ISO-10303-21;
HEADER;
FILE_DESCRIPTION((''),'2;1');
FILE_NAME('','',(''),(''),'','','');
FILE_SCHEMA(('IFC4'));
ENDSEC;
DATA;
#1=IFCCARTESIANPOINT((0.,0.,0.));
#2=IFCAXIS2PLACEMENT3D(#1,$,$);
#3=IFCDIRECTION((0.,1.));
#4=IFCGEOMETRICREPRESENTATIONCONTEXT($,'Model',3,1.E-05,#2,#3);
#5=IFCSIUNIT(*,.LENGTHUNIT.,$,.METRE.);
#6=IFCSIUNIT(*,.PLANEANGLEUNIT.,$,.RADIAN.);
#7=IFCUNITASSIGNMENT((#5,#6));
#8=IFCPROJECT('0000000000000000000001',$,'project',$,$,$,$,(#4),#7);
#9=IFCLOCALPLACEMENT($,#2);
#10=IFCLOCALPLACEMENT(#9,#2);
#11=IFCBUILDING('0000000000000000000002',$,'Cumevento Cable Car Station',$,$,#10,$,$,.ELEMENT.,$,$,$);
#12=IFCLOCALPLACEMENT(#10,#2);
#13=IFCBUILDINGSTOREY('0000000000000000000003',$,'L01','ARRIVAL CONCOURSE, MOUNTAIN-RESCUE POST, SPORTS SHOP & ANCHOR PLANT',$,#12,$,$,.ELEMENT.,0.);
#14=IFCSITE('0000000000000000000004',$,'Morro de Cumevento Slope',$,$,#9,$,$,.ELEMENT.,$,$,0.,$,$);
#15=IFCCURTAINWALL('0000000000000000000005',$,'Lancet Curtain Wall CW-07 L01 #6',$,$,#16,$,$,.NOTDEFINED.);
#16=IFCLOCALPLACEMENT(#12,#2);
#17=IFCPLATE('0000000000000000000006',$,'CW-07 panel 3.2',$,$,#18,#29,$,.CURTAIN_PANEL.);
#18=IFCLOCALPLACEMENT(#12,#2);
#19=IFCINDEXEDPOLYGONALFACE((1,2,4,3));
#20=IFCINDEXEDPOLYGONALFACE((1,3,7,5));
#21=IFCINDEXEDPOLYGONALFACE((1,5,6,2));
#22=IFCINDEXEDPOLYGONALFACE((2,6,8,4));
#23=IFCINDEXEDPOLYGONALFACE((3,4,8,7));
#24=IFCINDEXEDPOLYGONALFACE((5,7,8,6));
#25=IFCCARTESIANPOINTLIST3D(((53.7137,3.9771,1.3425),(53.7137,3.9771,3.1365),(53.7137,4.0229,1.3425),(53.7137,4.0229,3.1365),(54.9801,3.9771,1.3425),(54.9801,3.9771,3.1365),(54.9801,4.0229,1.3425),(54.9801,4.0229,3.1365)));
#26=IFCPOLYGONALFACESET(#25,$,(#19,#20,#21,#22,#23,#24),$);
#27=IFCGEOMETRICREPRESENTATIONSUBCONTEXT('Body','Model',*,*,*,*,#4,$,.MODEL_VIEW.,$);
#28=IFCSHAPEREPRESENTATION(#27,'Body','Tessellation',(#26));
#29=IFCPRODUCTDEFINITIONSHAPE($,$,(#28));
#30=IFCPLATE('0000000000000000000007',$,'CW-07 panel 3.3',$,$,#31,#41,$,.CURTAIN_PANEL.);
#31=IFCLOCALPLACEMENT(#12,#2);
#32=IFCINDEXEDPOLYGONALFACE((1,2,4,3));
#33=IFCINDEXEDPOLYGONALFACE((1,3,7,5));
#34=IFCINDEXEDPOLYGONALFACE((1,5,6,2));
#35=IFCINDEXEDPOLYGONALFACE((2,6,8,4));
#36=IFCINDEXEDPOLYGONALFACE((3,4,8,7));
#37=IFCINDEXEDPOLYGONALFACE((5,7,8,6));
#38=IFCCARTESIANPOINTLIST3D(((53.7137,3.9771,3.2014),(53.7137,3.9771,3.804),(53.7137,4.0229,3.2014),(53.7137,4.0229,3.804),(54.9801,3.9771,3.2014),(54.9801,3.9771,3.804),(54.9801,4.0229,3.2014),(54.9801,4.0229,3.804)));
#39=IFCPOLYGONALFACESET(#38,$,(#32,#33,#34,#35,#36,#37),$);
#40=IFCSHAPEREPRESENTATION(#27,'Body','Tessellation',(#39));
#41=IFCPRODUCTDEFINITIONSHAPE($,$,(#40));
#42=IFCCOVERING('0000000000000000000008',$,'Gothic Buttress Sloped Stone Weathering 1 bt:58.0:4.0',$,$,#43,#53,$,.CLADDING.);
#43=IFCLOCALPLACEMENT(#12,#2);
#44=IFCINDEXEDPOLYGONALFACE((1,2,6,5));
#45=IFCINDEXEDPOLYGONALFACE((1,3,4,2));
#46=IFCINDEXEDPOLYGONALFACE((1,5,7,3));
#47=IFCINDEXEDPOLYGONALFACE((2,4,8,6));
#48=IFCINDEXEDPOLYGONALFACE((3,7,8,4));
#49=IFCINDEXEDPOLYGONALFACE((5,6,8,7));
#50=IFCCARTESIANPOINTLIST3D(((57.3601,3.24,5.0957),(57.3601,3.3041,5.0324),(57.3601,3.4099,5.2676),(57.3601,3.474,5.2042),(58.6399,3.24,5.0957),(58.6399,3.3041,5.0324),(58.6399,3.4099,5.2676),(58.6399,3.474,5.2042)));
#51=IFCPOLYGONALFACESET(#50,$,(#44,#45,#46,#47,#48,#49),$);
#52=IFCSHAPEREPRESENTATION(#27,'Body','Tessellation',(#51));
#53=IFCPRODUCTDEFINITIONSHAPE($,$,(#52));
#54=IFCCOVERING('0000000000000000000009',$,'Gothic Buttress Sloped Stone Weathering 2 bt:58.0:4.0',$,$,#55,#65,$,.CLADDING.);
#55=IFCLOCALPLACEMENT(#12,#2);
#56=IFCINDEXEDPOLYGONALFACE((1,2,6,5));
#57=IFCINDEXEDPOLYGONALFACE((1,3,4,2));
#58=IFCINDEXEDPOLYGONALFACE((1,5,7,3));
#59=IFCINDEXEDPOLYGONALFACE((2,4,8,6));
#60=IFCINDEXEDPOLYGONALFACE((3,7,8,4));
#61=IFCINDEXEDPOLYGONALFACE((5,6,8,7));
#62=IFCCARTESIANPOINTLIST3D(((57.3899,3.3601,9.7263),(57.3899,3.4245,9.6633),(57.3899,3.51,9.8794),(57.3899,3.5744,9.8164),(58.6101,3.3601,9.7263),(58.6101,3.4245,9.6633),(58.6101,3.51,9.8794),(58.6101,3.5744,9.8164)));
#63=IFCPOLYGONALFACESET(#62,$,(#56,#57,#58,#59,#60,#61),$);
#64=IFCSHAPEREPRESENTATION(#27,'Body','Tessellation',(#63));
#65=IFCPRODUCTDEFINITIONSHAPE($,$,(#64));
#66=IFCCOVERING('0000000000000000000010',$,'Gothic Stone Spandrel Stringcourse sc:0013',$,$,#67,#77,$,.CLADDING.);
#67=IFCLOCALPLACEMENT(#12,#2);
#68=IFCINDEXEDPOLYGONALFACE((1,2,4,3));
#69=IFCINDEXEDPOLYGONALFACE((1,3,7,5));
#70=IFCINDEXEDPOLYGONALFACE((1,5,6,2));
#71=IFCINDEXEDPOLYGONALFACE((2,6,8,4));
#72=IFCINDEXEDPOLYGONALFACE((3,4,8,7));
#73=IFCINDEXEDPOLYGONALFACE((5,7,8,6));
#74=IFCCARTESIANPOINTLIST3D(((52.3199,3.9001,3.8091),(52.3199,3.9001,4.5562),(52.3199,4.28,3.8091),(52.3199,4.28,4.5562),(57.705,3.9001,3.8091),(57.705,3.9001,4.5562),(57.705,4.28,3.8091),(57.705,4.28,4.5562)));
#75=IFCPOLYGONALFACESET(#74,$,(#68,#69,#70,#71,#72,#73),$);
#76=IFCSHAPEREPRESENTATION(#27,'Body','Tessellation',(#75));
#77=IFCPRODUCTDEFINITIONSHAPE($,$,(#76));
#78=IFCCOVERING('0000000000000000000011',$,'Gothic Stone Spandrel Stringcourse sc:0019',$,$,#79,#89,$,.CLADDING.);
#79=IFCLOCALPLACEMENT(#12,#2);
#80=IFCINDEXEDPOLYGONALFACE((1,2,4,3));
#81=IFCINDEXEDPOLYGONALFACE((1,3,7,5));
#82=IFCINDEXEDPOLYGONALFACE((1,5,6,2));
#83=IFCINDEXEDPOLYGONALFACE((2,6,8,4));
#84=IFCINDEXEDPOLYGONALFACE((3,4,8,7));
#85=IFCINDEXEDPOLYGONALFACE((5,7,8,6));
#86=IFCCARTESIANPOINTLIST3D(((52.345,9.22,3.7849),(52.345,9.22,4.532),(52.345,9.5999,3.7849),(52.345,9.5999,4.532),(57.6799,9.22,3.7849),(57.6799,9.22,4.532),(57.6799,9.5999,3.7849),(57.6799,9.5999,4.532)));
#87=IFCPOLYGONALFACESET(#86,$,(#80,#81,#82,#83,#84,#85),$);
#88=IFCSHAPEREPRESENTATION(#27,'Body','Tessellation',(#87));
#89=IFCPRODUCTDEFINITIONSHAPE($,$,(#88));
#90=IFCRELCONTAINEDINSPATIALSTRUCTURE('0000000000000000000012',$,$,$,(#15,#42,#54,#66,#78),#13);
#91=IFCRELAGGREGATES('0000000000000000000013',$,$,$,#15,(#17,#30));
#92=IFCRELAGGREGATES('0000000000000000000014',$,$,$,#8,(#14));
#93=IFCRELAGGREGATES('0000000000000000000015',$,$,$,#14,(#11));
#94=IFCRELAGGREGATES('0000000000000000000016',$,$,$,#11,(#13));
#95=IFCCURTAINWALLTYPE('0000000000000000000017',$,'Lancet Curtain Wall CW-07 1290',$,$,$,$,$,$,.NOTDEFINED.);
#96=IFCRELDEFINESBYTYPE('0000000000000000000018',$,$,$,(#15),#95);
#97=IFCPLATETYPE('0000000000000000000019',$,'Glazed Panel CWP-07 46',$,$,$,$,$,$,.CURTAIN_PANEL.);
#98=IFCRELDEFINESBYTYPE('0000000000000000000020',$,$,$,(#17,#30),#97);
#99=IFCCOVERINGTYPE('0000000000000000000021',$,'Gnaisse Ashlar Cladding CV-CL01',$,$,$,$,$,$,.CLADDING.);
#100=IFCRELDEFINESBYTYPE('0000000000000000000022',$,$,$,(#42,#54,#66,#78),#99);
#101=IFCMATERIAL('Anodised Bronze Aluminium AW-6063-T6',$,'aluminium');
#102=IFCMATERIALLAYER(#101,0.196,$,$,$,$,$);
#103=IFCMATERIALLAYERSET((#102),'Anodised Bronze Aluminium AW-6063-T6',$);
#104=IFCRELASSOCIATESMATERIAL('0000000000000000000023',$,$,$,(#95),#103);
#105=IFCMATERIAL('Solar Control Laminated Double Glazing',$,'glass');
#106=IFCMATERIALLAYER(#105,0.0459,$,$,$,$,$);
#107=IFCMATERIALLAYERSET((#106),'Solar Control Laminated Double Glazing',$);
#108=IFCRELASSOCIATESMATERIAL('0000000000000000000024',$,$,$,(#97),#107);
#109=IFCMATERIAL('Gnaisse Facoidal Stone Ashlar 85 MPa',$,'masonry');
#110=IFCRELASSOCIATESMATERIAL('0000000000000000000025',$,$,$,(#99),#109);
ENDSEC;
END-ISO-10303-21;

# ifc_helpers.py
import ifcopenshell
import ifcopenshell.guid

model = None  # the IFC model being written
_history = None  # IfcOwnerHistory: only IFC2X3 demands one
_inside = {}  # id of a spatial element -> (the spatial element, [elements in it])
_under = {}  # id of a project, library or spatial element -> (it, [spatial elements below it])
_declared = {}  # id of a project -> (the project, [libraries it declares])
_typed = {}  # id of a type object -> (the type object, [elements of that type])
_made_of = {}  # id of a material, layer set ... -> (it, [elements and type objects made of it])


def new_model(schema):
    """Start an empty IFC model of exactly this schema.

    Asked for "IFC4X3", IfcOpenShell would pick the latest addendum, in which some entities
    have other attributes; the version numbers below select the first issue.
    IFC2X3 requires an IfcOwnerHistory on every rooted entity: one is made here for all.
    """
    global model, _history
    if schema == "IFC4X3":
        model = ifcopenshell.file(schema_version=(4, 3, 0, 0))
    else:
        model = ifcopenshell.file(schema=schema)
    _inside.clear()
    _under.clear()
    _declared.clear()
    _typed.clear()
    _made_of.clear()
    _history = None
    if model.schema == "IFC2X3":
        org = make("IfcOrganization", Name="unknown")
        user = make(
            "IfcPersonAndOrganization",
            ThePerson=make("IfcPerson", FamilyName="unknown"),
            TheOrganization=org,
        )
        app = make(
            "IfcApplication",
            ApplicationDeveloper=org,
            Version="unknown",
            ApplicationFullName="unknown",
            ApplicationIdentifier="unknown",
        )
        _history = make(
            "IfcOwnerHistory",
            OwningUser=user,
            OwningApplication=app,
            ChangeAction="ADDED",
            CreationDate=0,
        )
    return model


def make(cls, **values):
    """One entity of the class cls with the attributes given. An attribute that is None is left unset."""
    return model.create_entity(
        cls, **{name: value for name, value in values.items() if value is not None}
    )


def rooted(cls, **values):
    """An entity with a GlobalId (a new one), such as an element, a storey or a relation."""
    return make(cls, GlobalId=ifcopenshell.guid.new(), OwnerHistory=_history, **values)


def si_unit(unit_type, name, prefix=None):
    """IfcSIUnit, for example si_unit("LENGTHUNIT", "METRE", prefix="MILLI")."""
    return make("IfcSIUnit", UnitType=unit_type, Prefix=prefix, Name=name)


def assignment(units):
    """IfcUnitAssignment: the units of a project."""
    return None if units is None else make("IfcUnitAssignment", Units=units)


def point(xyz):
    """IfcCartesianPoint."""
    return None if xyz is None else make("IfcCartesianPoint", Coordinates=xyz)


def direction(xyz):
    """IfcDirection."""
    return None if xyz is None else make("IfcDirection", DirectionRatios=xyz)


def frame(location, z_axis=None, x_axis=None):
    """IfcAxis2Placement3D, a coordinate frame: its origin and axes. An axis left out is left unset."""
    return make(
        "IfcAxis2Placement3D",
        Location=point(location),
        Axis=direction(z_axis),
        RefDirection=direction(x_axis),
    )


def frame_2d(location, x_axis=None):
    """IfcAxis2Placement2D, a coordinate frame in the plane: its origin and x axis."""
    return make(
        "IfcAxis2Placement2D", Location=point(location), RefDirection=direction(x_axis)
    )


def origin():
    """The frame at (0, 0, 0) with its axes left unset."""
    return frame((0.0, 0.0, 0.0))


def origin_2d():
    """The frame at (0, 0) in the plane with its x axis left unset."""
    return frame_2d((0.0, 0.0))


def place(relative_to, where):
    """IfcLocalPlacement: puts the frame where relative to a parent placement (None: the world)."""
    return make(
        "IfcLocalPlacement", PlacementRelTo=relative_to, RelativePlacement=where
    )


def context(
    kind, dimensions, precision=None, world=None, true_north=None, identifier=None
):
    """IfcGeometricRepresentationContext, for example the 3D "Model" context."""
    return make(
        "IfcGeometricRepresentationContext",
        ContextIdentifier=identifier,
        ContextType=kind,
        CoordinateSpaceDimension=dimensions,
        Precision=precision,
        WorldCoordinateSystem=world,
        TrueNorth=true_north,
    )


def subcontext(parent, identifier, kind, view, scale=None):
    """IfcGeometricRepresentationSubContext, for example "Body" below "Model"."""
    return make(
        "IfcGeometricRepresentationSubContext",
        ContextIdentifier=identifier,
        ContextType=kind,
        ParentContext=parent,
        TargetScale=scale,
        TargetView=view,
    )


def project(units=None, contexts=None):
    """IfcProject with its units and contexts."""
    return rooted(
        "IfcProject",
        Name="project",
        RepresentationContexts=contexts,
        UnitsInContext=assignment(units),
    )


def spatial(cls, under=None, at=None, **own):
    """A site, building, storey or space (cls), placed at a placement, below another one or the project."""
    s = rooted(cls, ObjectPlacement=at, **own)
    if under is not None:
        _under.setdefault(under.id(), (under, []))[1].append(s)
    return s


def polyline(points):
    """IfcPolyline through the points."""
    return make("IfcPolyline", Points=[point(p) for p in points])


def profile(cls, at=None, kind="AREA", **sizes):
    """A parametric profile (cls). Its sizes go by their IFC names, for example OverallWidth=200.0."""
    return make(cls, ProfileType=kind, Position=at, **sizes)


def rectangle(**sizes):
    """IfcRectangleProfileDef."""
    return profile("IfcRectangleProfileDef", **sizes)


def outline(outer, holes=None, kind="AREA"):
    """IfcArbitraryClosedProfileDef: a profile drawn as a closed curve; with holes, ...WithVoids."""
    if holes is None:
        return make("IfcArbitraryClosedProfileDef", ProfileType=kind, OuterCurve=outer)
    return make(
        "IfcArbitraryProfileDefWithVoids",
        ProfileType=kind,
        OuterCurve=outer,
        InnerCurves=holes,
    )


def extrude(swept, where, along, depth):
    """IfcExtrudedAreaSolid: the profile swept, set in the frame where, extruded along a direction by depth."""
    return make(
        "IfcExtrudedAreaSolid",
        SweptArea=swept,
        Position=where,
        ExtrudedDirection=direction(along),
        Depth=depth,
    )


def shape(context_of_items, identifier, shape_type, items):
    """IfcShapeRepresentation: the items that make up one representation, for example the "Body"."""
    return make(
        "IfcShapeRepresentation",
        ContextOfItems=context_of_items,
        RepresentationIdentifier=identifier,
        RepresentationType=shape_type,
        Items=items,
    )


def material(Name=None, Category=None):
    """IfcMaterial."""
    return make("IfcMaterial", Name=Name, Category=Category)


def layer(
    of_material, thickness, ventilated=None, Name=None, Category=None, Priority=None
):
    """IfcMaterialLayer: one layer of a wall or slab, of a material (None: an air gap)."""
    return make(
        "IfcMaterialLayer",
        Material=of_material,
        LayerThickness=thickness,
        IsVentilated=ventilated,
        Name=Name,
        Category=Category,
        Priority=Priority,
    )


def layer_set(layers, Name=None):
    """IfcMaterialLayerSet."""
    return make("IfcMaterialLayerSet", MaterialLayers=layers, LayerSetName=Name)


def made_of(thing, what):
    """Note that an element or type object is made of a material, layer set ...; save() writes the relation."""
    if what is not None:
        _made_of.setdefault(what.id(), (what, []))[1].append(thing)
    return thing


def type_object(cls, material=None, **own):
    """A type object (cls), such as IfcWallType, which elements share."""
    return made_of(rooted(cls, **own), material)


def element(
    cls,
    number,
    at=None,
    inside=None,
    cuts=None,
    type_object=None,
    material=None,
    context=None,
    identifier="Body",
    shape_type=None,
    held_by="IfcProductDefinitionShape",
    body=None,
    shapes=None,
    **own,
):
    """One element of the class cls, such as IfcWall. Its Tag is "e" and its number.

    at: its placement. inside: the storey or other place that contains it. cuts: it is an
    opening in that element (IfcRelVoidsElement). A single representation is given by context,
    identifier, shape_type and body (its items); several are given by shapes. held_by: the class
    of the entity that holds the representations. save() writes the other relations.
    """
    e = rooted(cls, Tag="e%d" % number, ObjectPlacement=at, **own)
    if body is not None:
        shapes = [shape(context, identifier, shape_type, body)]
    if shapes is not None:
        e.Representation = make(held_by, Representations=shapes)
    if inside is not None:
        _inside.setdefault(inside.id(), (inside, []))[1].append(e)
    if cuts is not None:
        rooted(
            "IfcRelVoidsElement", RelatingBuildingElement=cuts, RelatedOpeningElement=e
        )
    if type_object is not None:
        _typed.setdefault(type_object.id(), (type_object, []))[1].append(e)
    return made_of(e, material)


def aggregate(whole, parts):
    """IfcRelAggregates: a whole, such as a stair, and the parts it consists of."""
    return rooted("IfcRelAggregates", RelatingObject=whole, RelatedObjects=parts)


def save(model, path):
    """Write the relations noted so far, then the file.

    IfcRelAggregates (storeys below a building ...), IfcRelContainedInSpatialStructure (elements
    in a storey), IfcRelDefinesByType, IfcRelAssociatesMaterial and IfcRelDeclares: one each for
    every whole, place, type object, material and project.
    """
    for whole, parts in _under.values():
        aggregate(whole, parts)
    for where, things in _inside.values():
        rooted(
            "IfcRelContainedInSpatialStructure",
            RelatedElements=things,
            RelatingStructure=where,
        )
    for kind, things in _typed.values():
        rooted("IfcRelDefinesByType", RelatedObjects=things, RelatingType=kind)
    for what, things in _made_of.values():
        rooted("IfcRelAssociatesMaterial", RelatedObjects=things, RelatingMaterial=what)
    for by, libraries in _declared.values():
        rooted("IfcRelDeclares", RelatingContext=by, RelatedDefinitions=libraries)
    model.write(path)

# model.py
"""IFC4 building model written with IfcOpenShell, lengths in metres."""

from ifc_helpers import new_model, si_unit, direction, frame, origin, origin_2d, place, context, subcontext, project, spatial, polyline, rectangle, outline, extrude, material, layer, layer_set, type_object, element, aggregate, save


model = new_model("IFC4")

# Units and contexts
model_context = context("Model", 3, precision=1e-05, world=origin(), true_north=direction((0.0, 1.0)))
body_context = subcontext(model_context, "Body", "Model", "MODEL_VIEW")
ifc_project = project(units=[si_unit("LENGTHUNIT", "METRE"), si_unit("PLANEANGLEUNIT", "RADIAN")], contexts=[model_context])

# Site, building, storey
site_placement = place(None, origin())
site = spatial("IfcSite", under=ifc_project, at=site_placement, Name="Morro de Cumevento Slope", CompositionType="ELEMENT", RefElevation=0.0)
building_placement = place(site_placement, origin())
building = spatial("IfcBuilding", under=site, at=building_placement, Name="Cumevento Cable Car Station", CompositionType="ELEMENT")
storey_placement = place(building_placement, origin())
storey = spatial("IfcBuildingStorey", under=building, at=storey_placement, Name="L01", Description="ARRIVAL CONCOURSE, MOUNTAIN-RESCUE POST, SPORTS SHOP & ANCHOR PLANT", CompositionType="ELEMENT", Elevation=0.0)

# Curtain wall, plates
ifc_material_1 = material(Name="Anodised Bronze Aluminium AW-6063-T6", Category="aluminium")
ifc_layer_1 = layer(ifc_material_1, 0.196)
ifc_layer_set_1 = layer_set([ifc_layer_1], Name="Anodised Bronze Aluminium AW-6063-T6")
curtain_wall_type = type_object("IfcCurtainWallType", Name="Lancet Curtain Wall CW-07 1290", PredefinedType="NOTDEFINED", material=ifc_layer_set_1)
curtain_wall_placement = place(storey_placement, origin())
curtain_wall = element("IfcCurtainWall", 1, at=curtain_wall_placement, inside=storey, type_object=curtain_wall_type, Name="Lancet Curtain Wall CW-07 L01 #6", PredefinedType="NOTDEFINED")
ifc_material_2 = material(Name="Solar Control Laminated Double Glazing", Category="glass")
ifc_layer_2 = layer(ifc_material_2, 0.0459)
ifc_layer_set_2 = layer_set([ifc_layer_2], Name="Solar Control Laminated Double Glazing")
plate_type = type_object("IfcPlateType", Name="Glazed Panel CWP-07 46", PredefinedType="CURTAIN_PANEL", material=ifc_layer_set_2)
plate_1_placement = place(storey_placement, frame((54.3469, 4.0, 1.3425), z_axis=(0.0, 0.0, 1.0), x_axis=(-1.0, 0.0, 0.0)))
plate_1 = element("IfcPlate", 2, at=plate_1_placement, type_object=plate_type, Name="CW-07 panel 3.2", PredefinedType="CURTAIN_PANEL", context=body_context, shape_type="SweptSolid", body=[
    extrude(rectangle(XDim=1.2664, YDim=0.0459, at=origin_2d()), origin(), (0.0, 0.0, 1.0), 1.7939),
])
plate_2_placement = place(storey_placement, frame((54.3469, 4.0, 3.2014), z_axis=(0.0, 0.0, 1.0), x_axis=(-1.0, 0.0, 0.0)))
plate_2 = element("IfcPlate", 3, at=plate_2_placement, type_object=plate_type, Name="CW-07 panel 3.3", PredefinedType="CURTAIN_PANEL", context=body_context, shape_type="SweptSolid", body=[
    extrude(rectangle(XDim=1.2664, YDim=0.0459, at=origin_2d()), origin(), (0.0, 0.0, 1.0), 0.6025),
])
aggregate(curtain_wall, [plate_1, plate_2])

# Coverings
ifc_material_3 = material(Name="Gnaisse Facoidal Stone Ashlar 85 MPa", Category="masonry")
covering_type = type_object("IfcCoveringType", Name="Gnaisse Ashlar Cladding CV-CL01", PredefinedType="CLADDING", material=ifc_material_3)
covering_1_placement = place(storey_placement, frame((57.3601, 3.24, 5.0957), z_axis=(0.0, -0.711136, 0.703055), x_axis=(1.0, 0.0, 0.0)))
element("IfcCovering", 4, at=covering_1_placement, inside=storey, type_object=covering_type, Name="Gothic Buttress Sloped Stone Weathering 1 bt:58.0:4.0", PredefinedType="CLADDING", context=body_context, shape_type="SweptSolid", body=[
    extrude(outline(polyline([(0.0, 0.0), (1.2798, 0.0), (1.2798, 0.2417), (0.0, 0.2417), (0.0, 0.0)])), origin(), (0.0, 0.0, -1.0), 0.0901),
])
covering_2_placement = place(storey_placement, frame((57.3899, 3.3601, 9.7263), z_axis=(0.0, -0.714475, 0.699661), x_axis=(1.0, 0.0, 0.0)))
element("IfcCovering", 5, at=covering_2_placement, inside=storey, type_object=covering_type, Name="Gothic Buttress Sloped Stone Weathering 2 bt:58.0:4.0", PredefinedType="CLADDING", context=body_context, shape_type="SweptSolid", body=[
    extrude(outline(polyline([(0.0, 0.0), (1.2202, 0.0), (1.2202, 0.2142), (0.0, 0.2142), (0.0, 0.0)])), origin(), (0.0, 0.0, -1.0), 0.0901),
])
covering_3_placement = place(storey_placement, frame((55.0125, 4.0901, 3.8091), z_axis=(0.0, 0.0, 1.0), x_axis=(-1.0, 0.0, 0.0)))
element("IfcCovering", 6, at=covering_3_placement, inside=storey, type_object=covering_type, Name="Gothic Stone Spandrel Stringcourse sc:0013", PredefinedType="CLADDING", context=body_context, shape_type="SweptSolid", body=[
    extrude(rectangle(XDim=5.385, YDim=0.3799, at=origin_2d()), origin(), (0.0, 0.0, 1.0), 0.7471),
])
covering_4_placement = place(storey_placement, frame((55.0125, 9.4099, 3.7849), z_axis=(0.0, 0.0, 1.0), x_axis=(1.0, 0.0, 0.0)))
element("IfcCovering", 7, at=covering_4_placement, inside=storey, type_object=covering_type, Name="Gothic Stone Spandrel Stringcourse sc:0019", PredefinedType="CLADDING", context=body_context, shape_type="SweptSolid", body=[
    extrude(rectangle(XDim=5.335, YDim=0.3799, at=origin_2d()), origin(), (0.0, 0.0, 1.0), 0.7471),
])

save(model, "model.ifc")
